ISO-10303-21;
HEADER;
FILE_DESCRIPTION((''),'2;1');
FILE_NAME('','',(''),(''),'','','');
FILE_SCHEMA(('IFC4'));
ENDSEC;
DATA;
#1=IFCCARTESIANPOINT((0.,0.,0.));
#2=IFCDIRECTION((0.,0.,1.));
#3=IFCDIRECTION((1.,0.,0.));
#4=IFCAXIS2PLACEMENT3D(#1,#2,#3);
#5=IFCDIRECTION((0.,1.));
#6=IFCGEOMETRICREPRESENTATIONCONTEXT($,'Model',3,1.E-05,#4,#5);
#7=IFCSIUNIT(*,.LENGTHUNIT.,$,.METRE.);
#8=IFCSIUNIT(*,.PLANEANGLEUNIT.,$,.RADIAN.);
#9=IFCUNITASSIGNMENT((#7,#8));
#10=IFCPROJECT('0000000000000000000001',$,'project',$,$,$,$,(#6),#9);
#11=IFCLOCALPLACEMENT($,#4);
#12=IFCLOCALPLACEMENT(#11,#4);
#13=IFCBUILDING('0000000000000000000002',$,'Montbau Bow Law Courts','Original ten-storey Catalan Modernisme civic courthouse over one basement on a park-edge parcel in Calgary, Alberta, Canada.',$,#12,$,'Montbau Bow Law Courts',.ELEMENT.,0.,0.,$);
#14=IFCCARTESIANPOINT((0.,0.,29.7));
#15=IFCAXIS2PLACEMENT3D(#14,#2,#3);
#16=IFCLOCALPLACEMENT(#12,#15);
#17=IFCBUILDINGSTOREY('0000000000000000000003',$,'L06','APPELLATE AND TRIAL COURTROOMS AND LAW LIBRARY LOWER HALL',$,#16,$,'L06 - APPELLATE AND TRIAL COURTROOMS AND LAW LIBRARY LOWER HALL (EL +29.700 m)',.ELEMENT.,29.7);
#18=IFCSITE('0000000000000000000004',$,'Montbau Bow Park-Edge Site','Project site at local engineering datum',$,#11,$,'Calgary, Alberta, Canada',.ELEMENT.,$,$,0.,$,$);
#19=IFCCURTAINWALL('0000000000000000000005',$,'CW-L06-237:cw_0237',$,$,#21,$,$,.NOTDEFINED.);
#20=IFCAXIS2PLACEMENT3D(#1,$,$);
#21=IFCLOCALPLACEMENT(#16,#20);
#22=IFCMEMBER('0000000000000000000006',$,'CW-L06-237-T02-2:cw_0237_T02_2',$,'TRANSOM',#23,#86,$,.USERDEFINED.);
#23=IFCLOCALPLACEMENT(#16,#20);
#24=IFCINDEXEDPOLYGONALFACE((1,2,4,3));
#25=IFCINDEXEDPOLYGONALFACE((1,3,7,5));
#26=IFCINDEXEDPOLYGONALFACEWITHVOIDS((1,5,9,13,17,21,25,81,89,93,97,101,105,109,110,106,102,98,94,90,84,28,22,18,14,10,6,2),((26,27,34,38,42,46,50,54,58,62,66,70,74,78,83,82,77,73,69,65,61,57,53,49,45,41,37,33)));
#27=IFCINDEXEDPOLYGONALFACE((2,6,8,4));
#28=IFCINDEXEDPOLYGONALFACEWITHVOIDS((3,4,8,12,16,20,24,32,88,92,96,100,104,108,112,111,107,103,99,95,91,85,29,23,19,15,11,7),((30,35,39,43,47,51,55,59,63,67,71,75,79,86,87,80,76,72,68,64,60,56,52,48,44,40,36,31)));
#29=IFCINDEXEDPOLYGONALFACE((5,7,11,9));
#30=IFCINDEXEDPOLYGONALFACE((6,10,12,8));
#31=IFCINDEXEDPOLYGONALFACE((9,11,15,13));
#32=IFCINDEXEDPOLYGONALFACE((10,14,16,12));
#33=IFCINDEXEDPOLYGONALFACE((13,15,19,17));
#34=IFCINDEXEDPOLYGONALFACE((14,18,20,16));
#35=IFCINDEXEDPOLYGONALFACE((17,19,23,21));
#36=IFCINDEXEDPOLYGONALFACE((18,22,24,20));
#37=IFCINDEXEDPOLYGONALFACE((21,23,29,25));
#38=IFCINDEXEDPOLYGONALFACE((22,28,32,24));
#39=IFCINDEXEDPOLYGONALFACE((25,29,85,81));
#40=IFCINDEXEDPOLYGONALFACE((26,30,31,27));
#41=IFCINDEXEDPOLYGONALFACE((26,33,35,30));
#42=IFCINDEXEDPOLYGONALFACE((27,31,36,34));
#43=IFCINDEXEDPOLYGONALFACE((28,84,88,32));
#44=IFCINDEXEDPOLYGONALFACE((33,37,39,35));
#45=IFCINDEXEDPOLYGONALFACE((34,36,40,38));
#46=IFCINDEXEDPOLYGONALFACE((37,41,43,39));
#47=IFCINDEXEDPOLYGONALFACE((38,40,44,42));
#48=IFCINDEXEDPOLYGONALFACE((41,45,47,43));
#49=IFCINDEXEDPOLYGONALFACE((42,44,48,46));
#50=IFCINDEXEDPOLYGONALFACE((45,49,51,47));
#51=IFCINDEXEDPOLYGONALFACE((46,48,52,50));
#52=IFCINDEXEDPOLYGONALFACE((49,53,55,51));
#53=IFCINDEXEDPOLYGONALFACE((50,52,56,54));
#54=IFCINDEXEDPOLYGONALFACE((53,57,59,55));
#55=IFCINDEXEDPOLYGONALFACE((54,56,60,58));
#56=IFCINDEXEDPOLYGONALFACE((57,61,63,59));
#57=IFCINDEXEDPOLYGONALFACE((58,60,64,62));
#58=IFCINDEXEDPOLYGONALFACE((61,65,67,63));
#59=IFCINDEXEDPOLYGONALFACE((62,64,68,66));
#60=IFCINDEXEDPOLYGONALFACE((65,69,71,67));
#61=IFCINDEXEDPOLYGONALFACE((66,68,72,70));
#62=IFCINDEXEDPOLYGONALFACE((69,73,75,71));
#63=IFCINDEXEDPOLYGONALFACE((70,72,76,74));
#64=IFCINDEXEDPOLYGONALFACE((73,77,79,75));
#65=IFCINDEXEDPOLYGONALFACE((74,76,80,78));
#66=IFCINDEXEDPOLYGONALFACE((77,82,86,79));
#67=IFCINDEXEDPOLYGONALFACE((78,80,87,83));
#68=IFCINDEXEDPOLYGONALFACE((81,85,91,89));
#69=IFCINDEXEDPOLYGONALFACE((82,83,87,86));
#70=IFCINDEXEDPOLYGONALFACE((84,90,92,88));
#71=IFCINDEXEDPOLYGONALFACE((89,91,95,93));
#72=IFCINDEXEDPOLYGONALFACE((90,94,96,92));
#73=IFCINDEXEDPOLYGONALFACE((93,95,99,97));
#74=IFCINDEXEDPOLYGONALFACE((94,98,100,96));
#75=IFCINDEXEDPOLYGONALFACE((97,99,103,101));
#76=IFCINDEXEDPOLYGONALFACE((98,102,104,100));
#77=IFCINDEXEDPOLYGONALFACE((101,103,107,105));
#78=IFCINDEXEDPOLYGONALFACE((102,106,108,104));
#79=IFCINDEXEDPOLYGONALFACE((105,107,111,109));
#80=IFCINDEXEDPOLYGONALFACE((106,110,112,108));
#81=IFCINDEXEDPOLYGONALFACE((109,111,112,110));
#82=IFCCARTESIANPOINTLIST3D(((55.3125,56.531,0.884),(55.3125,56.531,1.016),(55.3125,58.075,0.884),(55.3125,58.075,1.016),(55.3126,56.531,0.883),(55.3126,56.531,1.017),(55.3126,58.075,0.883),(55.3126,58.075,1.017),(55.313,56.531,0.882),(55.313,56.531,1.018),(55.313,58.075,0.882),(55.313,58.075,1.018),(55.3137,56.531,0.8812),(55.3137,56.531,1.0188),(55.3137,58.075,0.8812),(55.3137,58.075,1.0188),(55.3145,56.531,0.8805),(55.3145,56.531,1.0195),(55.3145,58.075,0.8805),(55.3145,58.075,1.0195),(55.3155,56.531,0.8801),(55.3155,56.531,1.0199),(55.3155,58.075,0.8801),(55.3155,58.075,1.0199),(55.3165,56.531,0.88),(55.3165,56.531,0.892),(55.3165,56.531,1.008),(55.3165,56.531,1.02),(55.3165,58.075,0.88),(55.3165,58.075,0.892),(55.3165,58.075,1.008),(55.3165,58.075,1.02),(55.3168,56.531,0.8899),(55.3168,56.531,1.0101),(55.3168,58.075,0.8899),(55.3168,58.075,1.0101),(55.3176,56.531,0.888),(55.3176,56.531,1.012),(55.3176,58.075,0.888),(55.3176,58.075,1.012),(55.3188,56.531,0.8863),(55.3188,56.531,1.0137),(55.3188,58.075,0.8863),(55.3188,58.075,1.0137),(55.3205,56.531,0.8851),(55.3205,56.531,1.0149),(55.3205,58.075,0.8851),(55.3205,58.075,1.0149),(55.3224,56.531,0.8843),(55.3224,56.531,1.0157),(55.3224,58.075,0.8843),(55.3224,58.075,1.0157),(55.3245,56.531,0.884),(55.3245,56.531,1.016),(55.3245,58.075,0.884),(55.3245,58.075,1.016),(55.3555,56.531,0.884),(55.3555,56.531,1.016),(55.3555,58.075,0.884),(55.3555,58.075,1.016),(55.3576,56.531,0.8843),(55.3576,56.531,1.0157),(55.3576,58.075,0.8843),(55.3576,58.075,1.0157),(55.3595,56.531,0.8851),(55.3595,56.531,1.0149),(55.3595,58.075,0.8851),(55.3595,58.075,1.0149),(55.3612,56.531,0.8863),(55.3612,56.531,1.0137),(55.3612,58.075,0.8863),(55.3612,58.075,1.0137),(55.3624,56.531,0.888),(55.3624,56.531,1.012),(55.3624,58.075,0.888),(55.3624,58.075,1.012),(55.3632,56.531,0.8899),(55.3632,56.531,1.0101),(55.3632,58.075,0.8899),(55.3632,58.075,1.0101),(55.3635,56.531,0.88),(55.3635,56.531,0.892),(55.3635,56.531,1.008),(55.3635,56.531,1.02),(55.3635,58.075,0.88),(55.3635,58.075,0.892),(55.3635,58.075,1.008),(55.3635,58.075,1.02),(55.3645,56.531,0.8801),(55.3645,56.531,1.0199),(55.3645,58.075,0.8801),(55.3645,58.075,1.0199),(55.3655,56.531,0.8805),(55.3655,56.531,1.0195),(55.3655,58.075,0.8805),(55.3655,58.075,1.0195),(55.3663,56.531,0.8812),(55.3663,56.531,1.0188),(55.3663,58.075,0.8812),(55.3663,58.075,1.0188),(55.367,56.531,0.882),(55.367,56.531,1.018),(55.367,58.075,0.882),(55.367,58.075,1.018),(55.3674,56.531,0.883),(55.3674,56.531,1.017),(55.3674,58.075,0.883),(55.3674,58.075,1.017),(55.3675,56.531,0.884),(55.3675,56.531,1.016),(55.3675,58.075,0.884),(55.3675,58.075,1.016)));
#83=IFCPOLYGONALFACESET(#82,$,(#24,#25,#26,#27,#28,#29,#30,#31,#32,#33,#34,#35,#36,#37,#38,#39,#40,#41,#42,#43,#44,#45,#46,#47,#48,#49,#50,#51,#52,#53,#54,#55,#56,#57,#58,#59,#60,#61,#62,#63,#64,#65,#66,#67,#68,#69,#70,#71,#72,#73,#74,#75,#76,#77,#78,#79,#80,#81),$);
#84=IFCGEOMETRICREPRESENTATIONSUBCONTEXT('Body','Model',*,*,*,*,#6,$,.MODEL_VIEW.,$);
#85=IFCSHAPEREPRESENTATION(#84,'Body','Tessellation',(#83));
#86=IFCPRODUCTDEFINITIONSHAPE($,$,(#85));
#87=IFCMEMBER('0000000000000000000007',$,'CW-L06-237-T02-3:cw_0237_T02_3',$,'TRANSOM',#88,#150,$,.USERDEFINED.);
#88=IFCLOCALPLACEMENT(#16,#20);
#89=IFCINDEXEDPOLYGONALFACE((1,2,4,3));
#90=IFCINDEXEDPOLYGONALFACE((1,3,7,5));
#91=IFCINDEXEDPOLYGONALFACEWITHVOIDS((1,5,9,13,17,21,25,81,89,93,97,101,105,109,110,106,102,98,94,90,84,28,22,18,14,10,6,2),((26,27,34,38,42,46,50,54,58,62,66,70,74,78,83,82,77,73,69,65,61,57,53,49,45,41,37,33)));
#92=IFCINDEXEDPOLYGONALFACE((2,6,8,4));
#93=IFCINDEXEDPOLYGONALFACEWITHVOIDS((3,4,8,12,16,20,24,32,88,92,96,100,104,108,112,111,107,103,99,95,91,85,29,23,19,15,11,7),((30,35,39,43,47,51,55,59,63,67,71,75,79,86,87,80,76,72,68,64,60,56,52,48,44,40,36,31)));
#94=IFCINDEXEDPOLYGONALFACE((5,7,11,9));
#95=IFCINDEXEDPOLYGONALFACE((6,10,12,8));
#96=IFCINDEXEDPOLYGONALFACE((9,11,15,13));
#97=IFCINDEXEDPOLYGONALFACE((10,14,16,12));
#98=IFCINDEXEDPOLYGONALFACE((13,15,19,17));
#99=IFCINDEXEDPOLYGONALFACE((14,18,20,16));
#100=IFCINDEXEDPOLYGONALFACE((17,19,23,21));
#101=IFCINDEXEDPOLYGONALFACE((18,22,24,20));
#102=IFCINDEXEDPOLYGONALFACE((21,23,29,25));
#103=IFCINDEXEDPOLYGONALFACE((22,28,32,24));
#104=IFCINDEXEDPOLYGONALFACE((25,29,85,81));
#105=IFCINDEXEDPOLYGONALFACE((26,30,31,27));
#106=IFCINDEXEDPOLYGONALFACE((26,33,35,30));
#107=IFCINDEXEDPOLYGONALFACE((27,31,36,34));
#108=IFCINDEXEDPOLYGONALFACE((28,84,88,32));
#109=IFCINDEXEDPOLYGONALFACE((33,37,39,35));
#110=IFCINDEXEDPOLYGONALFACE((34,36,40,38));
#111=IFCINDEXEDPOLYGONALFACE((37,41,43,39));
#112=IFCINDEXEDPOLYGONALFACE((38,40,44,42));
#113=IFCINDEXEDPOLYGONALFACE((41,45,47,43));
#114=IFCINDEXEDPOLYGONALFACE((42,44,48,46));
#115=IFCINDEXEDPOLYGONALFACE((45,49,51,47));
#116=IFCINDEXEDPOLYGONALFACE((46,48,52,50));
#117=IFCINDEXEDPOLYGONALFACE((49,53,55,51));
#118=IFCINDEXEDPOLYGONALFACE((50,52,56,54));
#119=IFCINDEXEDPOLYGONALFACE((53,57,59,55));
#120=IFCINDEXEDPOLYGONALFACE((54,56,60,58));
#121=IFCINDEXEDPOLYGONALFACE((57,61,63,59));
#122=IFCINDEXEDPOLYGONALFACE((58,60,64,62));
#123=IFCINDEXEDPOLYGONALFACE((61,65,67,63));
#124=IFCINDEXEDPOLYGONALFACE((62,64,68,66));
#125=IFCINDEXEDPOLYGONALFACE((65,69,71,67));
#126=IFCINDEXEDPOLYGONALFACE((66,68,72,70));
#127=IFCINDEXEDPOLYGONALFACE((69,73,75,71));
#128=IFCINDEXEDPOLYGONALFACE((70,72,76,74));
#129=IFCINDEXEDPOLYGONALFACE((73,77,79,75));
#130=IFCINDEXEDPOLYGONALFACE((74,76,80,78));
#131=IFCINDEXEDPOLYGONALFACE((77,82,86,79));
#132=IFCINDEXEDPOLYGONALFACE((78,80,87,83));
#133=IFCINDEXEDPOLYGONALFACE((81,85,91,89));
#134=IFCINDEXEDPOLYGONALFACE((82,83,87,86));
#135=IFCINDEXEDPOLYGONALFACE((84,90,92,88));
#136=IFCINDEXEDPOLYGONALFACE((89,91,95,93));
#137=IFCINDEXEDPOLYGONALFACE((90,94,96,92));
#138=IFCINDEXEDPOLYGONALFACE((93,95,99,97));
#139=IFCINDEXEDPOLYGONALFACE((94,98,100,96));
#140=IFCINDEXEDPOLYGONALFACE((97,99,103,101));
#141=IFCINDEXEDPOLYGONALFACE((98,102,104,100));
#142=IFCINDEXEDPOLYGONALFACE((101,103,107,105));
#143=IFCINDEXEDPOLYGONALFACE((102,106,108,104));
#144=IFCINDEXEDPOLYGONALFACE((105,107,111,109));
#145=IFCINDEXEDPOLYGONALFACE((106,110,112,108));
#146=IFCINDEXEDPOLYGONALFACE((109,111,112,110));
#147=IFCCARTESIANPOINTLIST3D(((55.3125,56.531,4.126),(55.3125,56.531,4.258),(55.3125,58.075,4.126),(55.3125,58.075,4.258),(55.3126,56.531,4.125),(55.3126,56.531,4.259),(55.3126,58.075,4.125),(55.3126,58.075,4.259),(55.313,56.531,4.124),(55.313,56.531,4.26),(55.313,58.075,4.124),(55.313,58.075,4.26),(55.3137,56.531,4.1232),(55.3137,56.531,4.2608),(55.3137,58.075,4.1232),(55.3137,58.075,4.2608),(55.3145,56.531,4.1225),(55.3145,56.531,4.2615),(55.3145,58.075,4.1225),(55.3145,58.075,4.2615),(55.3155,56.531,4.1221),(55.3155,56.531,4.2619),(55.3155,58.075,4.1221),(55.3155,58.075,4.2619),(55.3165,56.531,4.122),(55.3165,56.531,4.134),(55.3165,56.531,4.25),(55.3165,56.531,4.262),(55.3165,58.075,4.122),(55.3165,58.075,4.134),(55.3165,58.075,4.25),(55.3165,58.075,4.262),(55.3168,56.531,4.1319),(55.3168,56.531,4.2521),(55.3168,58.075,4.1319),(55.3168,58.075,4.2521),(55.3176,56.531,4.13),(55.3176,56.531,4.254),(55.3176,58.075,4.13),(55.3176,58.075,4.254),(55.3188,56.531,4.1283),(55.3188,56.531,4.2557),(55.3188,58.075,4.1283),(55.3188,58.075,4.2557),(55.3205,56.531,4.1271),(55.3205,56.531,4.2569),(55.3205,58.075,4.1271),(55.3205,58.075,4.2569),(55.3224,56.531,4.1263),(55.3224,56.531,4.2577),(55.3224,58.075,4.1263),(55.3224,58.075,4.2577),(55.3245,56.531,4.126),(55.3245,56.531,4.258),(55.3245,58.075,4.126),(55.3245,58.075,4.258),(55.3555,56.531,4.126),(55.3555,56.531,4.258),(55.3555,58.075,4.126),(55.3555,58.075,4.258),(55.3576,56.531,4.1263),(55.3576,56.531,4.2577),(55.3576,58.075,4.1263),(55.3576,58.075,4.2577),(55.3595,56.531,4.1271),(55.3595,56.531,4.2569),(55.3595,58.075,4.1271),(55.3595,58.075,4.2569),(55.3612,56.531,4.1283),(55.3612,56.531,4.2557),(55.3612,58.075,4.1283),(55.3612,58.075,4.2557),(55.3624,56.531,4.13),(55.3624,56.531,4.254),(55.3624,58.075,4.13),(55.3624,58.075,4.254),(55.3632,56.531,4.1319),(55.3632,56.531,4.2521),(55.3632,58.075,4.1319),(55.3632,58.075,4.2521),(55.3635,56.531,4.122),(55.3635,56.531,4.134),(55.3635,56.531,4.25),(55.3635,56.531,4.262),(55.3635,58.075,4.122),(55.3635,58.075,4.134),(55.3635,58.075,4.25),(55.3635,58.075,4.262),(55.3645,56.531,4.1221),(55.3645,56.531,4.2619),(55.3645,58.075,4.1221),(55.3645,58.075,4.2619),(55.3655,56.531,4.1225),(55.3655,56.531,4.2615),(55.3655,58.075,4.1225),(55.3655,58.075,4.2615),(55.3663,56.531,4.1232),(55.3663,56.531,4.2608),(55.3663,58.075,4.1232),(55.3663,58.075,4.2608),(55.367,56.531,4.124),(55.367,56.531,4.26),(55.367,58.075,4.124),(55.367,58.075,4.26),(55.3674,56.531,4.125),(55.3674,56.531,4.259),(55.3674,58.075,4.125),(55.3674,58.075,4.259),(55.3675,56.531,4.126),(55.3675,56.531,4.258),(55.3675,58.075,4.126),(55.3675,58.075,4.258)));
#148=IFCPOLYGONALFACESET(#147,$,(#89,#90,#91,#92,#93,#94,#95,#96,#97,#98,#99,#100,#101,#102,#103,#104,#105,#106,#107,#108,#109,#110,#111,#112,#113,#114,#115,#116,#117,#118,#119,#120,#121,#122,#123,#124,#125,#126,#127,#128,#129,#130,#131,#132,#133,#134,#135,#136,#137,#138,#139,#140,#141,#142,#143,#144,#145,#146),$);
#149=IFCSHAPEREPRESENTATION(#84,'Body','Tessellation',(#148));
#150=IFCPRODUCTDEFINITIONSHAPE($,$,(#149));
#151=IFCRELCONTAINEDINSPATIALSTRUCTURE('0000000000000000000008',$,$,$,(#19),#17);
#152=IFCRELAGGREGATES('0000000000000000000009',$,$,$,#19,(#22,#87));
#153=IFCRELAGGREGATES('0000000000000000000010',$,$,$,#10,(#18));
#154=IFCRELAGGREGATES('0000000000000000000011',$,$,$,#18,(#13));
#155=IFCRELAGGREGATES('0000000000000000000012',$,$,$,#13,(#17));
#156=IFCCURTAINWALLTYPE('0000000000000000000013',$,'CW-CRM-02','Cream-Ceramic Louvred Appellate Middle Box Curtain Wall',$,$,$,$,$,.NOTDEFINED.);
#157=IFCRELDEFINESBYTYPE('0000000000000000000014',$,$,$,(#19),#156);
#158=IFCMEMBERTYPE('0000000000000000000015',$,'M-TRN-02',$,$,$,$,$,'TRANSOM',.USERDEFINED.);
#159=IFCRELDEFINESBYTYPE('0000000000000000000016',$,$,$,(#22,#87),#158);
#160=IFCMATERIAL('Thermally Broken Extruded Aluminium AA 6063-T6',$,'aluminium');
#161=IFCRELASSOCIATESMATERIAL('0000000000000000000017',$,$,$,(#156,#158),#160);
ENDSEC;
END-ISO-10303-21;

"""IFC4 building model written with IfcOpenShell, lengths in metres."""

from ifc_helpers import new_model, si_unit, direction, frame, origin_with_axes, origin_2d_with_axis, place, context, subcontext, project, spatial, hollow_rectangle, extrude, material, material_profile, profile_set, type_object, element, aggregate, save


model = new_model("IFC4")

# Units and contexts
model_context = context("Model", 3, precision=1e-05, world=origin_with_axes(), true_north=direction((0.0, 1.0)))
body_context = subcontext(model_context, "Body", "Model", "MODEL_VIEW")
ifc_project = project(units=[si_unit("LENGTHUNIT", "METRE"), si_unit("PLANEANGLEUNIT", "RADIAN")], contexts=[model_context])

# Site, building, storey
site_placement = place(None, origin_with_axes())
site = spatial("IfcSite", under=ifc_project, at=site_placement, Name="Montbau Bow Park-Edge Site", Description="Project site at local engineering datum", LongName="Calgary, Alberta, Canada", CompositionType="ELEMENT", RefElevation=0.0)
building_placement = place(site_placement, origin_with_axes())
building = spatial("IfcBuilding", under=site, at=building_placement, Name="Montbau Bow Law Courts", Description="Original ten-storey Catalan Modernisme civic courthouse over one basement on a park-edge parcel in Calgary, Alberta, Canada.", LongName="Montbau Bow Law Courts", CompositionType="ELEMENT", ElevationOfRefHeight=0.0, ElevationOfTerrain=0.0)
storey_placement = place(building_placement, frame((0.0, 0.0, 29.7), z_axis=(0.0, 0.0, 1.0), x_axis=(1.0, 0.0, 0.0)))
storey = spatial("IfcBuildingStorey", under=building, at=storey_placement, Name="L06", Description="APPELLATE AND TRIAL COURTROOMS AND LAW LIBRARY LOWER HALL", LongName="L06 - APPELLATE AND TRIAL COURTROOMS AND LAW LIBRARY LOWER HALL (EL +29.700 m)", CompositionType="ELEMENT", Elevation=29.7)

# Curtain wall
ifc_material_1 = material(Name="Thermally Broken Extruded Aluminium AA 6063-T6", Category="aluminium")
curtain_wall_type = type_object("IfcCurtainWallType", Name="CW-CRM-02", Description="Cream-Ceramic Louvred Appellate Middle Box Curtain Wall", PredefinedType="NOTDEFINED", material=ifc_material_1)
curtain_wall_1_placement = place(None, frame((55.34, 54.868, 29.7), z_axis=(0.0, 0.0, 1.0), x_axis=(1.0, 0.0, 0.0)))
curtain_wall_1 = element("IfcCurtainWall", 1, at=curtain_wall_1_placement, inside=storey, type_object=curtain_wall_type, Name="CW-L06-237:cw_0237", PredefinedType="NOTDEFINED")

# Members
ifc_material_profile_1 = material_profile(ifc_material_1, hollow_rectangle(XDim=0.055, YDim=0.14, WallThickness=0.004, InnerFilletRadius=0.008, OuterFilletRadius=0.004, at=origin_2d_with_axis()), Name="CWT-140X55", Category="Main", Priority=0)
ifc_profile_set_1 = profile_set([ifc_material_profile_1], Name="Thermally Broken Extruded Aluminium AA 6063-T6")
member_type_1 = type_object("IfcMemberType", Name="M-TRN-02", ElementType="TRANSOM", PredefinedType="USERDEFINED", material=ifc_profile_set_1)
member_1_placement = place(None, frame((55.34, 56.531, 30.65), z_axis=(0.0, 1.0, 0.0), x_axis=(-1.0, 0.0, 0.0)))
member_1 = element("IfcMember", 2, at=member_1_placement, type_object=member_type_1, Name="CW-L06-237-T02-2:cw_0237_T02_2", ObjectType="TRANSOM", PredefinedType="USERDEFINED", context=body_context, shape_type="SweptSolid", body=[
    extrude(hollow_rectangle(XDim=0.055, YDim=0.14, WallThickness=0.004, InnerFilletRadius=0.008, OuterFilletRadius=0.004, at=origin_2d_with_axis()), origin_with_axes(), (0.0, 0.0, 1.0), 1.544),
])
member_2_placement = place(None, frame((55.34, 56.531, 33.892), z_axis=(0.0, 1.0, 0.0), x_axis=(-1.0, 0.0, 0.0)))
member_2 = element("IfcMember", 3, at=member_2_placement, type_object=member_type_1, Name="CW-L06-237-T02-3:cw_0237_T02_3", ObjectType="TRANSOM", PredefinedType="USERDEFINED", context=body_context, shape_type="SweptSolid", body=[
    extrude(hollow_rectangle(XDim=0.055, YDim=0.14, WallThickness=0.004, InnerFilletRadius=0.008, OuterFilletRadius=0.004, at=origin_2d_with_axis()), origin_with_axes(), (0.0, 0.0, 1.0), 1.544),
])

aggregate(curtain_wall_1, [member_1, member_2])

save(model, "model.ifc")
